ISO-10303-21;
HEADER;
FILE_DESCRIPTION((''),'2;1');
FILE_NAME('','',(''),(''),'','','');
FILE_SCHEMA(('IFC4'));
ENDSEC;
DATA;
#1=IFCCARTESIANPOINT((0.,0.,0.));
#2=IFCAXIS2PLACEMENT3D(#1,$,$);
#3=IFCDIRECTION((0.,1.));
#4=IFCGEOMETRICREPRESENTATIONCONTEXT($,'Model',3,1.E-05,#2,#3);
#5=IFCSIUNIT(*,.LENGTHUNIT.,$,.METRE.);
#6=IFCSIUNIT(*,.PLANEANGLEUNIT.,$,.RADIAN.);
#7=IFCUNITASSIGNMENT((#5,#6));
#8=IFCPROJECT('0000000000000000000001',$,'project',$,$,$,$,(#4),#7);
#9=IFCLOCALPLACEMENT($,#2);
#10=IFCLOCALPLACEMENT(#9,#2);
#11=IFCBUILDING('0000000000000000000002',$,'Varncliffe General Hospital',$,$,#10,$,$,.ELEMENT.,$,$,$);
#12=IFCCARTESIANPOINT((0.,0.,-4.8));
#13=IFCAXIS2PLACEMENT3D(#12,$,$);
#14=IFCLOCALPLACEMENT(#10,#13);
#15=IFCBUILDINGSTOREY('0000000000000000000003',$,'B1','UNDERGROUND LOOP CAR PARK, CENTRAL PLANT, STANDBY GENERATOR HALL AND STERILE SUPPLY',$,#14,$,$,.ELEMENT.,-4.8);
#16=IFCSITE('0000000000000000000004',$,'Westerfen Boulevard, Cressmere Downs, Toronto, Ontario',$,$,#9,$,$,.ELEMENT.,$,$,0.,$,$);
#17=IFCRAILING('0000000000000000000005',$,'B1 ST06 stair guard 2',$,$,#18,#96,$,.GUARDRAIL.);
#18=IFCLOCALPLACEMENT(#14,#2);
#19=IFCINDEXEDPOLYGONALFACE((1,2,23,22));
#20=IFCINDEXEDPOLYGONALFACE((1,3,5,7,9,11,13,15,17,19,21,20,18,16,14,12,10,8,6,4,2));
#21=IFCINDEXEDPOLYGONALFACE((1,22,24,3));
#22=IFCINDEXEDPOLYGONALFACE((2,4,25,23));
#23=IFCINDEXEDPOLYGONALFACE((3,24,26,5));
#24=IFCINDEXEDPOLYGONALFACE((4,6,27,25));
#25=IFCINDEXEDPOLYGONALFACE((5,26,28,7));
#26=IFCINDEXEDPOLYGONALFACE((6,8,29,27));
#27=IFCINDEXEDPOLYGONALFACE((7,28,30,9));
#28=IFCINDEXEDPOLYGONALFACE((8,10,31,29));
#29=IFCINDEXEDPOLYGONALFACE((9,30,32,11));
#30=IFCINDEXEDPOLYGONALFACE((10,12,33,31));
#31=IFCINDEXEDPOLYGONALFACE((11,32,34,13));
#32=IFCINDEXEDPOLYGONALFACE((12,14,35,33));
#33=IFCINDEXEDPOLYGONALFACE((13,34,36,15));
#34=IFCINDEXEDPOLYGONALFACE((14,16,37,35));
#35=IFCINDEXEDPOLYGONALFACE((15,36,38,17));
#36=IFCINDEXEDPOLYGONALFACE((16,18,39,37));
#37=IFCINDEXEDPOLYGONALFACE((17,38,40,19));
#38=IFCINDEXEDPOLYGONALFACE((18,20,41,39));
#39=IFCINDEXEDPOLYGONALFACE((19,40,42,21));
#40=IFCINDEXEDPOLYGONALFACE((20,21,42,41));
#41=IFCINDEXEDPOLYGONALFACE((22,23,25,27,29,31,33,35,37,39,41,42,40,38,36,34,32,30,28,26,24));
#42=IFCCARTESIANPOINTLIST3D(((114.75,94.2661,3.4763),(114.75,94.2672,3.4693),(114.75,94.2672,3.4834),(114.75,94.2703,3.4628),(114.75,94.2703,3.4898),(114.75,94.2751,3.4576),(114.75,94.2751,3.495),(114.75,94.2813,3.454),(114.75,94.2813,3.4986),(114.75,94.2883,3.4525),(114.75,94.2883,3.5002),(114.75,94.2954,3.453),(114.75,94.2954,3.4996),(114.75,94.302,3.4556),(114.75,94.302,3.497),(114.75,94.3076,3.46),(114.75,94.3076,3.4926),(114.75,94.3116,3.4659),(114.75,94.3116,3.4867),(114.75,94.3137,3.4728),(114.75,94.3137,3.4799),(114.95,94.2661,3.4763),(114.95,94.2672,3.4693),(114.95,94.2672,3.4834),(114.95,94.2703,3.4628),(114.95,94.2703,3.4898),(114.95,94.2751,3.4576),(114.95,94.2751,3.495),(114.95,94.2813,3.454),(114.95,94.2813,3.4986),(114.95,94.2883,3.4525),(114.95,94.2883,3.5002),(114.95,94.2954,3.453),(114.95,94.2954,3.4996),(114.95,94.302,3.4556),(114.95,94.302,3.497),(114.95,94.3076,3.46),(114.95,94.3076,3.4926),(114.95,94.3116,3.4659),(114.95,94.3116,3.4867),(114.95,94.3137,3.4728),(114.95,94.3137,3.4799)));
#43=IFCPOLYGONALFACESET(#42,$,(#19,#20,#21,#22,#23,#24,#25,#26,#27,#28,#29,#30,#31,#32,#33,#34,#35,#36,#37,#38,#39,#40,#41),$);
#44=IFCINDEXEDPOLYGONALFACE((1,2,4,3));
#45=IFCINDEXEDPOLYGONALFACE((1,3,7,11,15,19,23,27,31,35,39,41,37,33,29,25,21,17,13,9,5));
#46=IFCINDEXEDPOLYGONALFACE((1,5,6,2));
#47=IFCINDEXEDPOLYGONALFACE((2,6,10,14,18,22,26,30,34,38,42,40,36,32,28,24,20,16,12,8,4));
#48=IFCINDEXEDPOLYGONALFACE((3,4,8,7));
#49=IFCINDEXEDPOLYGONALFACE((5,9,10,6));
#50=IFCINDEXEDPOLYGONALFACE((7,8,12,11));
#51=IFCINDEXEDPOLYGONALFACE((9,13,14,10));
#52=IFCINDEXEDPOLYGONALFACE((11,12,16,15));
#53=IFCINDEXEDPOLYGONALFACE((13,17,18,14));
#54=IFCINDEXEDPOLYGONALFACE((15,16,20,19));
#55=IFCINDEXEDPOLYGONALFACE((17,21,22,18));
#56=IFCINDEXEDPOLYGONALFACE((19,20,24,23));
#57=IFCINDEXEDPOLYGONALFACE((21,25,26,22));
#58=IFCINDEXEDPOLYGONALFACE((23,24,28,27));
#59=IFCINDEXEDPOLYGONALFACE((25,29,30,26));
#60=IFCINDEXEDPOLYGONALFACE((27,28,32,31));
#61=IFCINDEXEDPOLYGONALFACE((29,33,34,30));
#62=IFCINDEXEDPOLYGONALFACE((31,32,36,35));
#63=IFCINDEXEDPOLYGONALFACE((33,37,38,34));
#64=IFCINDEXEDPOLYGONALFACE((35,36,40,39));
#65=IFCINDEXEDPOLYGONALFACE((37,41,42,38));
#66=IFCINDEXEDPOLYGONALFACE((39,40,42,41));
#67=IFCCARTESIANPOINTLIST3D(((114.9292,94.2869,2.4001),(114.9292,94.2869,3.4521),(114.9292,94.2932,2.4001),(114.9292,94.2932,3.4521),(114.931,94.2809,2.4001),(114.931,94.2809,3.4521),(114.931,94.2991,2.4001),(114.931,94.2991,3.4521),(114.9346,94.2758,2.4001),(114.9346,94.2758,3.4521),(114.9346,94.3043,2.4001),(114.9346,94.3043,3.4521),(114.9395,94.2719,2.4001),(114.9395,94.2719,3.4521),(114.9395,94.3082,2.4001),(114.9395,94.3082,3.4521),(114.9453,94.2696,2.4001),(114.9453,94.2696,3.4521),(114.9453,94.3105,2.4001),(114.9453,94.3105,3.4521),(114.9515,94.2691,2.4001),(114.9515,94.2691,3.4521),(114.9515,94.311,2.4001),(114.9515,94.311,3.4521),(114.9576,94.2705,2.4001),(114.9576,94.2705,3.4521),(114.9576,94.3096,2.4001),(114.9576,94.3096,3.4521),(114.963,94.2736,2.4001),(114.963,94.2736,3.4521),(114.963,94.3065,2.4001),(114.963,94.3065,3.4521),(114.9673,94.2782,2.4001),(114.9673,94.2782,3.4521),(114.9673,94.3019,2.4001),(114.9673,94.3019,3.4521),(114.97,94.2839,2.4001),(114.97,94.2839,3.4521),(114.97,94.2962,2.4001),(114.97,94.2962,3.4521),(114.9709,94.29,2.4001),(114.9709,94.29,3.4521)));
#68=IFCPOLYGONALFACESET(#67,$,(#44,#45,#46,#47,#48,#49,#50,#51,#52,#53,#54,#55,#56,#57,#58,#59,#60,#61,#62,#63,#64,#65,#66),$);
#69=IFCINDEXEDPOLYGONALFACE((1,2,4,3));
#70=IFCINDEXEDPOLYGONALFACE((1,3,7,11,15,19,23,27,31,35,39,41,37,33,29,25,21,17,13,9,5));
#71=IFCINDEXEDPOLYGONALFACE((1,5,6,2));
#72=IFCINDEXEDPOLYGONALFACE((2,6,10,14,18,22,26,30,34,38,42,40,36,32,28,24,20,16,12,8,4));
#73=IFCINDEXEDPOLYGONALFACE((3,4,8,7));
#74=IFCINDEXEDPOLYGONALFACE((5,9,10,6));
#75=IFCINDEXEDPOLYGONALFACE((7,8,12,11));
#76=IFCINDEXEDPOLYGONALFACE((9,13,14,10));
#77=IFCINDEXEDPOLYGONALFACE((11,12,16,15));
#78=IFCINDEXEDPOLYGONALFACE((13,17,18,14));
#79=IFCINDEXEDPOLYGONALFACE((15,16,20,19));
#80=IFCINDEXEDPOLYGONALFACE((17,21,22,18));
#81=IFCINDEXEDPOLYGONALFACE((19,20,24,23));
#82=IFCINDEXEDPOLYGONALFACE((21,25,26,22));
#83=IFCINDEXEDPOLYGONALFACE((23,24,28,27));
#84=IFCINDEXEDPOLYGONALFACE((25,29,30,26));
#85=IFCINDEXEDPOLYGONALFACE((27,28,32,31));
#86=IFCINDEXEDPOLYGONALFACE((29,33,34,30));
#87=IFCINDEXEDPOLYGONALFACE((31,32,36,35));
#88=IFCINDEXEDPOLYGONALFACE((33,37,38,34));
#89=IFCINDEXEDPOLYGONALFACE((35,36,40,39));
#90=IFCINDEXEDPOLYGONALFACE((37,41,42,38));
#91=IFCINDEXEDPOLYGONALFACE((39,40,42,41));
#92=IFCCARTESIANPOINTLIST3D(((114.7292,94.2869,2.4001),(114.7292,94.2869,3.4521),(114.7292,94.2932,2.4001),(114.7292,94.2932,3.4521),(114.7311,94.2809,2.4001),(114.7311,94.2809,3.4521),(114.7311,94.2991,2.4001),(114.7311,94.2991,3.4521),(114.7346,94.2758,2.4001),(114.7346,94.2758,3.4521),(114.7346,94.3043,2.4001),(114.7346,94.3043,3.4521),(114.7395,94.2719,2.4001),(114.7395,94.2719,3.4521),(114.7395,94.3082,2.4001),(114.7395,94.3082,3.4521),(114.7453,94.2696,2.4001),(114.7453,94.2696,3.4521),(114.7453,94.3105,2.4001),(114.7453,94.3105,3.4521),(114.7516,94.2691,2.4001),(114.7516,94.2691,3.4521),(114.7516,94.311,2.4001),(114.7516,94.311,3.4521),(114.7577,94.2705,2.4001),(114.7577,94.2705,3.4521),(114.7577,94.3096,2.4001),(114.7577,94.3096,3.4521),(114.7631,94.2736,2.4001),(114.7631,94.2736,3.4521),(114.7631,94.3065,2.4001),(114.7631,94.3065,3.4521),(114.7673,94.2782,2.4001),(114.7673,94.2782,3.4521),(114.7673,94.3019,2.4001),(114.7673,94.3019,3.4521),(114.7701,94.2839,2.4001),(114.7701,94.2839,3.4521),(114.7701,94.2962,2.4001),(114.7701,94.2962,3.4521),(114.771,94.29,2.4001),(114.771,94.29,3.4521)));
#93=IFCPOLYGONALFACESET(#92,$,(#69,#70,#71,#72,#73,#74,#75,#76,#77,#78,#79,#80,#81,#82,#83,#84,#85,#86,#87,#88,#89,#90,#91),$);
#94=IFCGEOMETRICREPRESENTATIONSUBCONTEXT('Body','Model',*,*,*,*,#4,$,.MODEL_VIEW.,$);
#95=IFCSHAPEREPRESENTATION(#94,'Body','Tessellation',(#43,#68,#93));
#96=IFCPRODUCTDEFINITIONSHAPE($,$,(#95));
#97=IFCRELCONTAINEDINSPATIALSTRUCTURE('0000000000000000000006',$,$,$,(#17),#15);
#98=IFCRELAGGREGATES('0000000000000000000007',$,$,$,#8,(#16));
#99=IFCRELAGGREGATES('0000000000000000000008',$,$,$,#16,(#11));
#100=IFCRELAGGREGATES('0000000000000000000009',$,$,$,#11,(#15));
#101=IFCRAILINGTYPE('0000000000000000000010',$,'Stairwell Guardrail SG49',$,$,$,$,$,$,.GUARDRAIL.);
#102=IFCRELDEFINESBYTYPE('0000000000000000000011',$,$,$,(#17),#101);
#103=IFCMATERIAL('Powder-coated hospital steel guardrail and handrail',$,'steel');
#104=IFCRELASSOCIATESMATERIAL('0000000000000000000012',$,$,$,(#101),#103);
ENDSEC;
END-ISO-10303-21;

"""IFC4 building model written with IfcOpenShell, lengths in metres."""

from ifc_helpers import new_model, si_unit, direction, frame, origin, origin_2d, place, context, subcontext, project, spatial, circle, extrude, material, type_object, element, save


model = new_model("IFC4")

# Units and contexts
model_context = context("Model", 3, precision=1e-05, world=origin(), true_north=direction((0.0, 1.0)))
body_context = subcontext(model_context, "Body", "Model", "MODEL_VIEW")
ifc_project = project(units=[si_unit("LENGTHUNIT", "METRE"), si_unit("PLANEANGLEUNIT", "RADIAN")], contexts=[model_context])

# Site, building, storey
site_placement = place(None, origin())
site = spatial("IfcSite", under=ifc_project, at=site_placement, Name="Westerfen Boulevard, Cressmere Downs, Toronto, Ontario", CompositionType="ELEMENT", RefElevation=0.0)
building_placement = place(site_placement, origin())
building = spatial("IfcBuilding", under=site, at=building_placement, Name="Varncliffe General Hospital", CompositionType="ELEMENT")
storey_placement = place(building_placement, frame((0.0, 0.0, -4.8)))
storey = spatial("IfcBuildingStorey", under=building, at=storey_placement, Name="B1", Description="UNDERGROUND LOOP CAR PARK, CENTRAL PLANT, STANDBY GENERATOR HALL AND STERILE SUPPLY", CompositionType="ELEMENT", Elevation=-4.8)

# Railing
ifc_material_1 = material(Name="Powder-coated hospital steel guardrail and handrail", Category="steel")
railing_type_1 = type_object("IfcRailingType", Name="Stairwell Guardrail SG49", PredefinedType="GUARDRAIL", material=ifc_material_1)
railing_1_placement = place(storey_placement, frame((114.95, 94.29, 2.4001)))
element("IfcRailing", 1, at=railing_1_placement, inside=storey, type_object=railing_type_1, Name="B1 ST06 stair guard 2", PredefinedType="GUARDRAIL", context=body_context, shape_type="SweptSolid", body=[
    extrude(circle(Radius=0.0239, at=origin_2d()), frame((0.0, 0.0, 1.0762), z_axis=(-1.0, 0.0, 0.0), x_axis=(0.0, -1.0, 0.0)), (0.0, 0.0, 1.0), 0.2),
    extrude(circle(Radius=0.021, at=origin_2d()), origin(), (0.0, 0.0, 1.0), 1.052),
    extrude(circle(Radius=0.021, at=origin_2d()), frame((-0.2, 0.0, 0.0)), (0.0, 0.0, 1.0), 1.052),
])

save(model, "model.ifc")
